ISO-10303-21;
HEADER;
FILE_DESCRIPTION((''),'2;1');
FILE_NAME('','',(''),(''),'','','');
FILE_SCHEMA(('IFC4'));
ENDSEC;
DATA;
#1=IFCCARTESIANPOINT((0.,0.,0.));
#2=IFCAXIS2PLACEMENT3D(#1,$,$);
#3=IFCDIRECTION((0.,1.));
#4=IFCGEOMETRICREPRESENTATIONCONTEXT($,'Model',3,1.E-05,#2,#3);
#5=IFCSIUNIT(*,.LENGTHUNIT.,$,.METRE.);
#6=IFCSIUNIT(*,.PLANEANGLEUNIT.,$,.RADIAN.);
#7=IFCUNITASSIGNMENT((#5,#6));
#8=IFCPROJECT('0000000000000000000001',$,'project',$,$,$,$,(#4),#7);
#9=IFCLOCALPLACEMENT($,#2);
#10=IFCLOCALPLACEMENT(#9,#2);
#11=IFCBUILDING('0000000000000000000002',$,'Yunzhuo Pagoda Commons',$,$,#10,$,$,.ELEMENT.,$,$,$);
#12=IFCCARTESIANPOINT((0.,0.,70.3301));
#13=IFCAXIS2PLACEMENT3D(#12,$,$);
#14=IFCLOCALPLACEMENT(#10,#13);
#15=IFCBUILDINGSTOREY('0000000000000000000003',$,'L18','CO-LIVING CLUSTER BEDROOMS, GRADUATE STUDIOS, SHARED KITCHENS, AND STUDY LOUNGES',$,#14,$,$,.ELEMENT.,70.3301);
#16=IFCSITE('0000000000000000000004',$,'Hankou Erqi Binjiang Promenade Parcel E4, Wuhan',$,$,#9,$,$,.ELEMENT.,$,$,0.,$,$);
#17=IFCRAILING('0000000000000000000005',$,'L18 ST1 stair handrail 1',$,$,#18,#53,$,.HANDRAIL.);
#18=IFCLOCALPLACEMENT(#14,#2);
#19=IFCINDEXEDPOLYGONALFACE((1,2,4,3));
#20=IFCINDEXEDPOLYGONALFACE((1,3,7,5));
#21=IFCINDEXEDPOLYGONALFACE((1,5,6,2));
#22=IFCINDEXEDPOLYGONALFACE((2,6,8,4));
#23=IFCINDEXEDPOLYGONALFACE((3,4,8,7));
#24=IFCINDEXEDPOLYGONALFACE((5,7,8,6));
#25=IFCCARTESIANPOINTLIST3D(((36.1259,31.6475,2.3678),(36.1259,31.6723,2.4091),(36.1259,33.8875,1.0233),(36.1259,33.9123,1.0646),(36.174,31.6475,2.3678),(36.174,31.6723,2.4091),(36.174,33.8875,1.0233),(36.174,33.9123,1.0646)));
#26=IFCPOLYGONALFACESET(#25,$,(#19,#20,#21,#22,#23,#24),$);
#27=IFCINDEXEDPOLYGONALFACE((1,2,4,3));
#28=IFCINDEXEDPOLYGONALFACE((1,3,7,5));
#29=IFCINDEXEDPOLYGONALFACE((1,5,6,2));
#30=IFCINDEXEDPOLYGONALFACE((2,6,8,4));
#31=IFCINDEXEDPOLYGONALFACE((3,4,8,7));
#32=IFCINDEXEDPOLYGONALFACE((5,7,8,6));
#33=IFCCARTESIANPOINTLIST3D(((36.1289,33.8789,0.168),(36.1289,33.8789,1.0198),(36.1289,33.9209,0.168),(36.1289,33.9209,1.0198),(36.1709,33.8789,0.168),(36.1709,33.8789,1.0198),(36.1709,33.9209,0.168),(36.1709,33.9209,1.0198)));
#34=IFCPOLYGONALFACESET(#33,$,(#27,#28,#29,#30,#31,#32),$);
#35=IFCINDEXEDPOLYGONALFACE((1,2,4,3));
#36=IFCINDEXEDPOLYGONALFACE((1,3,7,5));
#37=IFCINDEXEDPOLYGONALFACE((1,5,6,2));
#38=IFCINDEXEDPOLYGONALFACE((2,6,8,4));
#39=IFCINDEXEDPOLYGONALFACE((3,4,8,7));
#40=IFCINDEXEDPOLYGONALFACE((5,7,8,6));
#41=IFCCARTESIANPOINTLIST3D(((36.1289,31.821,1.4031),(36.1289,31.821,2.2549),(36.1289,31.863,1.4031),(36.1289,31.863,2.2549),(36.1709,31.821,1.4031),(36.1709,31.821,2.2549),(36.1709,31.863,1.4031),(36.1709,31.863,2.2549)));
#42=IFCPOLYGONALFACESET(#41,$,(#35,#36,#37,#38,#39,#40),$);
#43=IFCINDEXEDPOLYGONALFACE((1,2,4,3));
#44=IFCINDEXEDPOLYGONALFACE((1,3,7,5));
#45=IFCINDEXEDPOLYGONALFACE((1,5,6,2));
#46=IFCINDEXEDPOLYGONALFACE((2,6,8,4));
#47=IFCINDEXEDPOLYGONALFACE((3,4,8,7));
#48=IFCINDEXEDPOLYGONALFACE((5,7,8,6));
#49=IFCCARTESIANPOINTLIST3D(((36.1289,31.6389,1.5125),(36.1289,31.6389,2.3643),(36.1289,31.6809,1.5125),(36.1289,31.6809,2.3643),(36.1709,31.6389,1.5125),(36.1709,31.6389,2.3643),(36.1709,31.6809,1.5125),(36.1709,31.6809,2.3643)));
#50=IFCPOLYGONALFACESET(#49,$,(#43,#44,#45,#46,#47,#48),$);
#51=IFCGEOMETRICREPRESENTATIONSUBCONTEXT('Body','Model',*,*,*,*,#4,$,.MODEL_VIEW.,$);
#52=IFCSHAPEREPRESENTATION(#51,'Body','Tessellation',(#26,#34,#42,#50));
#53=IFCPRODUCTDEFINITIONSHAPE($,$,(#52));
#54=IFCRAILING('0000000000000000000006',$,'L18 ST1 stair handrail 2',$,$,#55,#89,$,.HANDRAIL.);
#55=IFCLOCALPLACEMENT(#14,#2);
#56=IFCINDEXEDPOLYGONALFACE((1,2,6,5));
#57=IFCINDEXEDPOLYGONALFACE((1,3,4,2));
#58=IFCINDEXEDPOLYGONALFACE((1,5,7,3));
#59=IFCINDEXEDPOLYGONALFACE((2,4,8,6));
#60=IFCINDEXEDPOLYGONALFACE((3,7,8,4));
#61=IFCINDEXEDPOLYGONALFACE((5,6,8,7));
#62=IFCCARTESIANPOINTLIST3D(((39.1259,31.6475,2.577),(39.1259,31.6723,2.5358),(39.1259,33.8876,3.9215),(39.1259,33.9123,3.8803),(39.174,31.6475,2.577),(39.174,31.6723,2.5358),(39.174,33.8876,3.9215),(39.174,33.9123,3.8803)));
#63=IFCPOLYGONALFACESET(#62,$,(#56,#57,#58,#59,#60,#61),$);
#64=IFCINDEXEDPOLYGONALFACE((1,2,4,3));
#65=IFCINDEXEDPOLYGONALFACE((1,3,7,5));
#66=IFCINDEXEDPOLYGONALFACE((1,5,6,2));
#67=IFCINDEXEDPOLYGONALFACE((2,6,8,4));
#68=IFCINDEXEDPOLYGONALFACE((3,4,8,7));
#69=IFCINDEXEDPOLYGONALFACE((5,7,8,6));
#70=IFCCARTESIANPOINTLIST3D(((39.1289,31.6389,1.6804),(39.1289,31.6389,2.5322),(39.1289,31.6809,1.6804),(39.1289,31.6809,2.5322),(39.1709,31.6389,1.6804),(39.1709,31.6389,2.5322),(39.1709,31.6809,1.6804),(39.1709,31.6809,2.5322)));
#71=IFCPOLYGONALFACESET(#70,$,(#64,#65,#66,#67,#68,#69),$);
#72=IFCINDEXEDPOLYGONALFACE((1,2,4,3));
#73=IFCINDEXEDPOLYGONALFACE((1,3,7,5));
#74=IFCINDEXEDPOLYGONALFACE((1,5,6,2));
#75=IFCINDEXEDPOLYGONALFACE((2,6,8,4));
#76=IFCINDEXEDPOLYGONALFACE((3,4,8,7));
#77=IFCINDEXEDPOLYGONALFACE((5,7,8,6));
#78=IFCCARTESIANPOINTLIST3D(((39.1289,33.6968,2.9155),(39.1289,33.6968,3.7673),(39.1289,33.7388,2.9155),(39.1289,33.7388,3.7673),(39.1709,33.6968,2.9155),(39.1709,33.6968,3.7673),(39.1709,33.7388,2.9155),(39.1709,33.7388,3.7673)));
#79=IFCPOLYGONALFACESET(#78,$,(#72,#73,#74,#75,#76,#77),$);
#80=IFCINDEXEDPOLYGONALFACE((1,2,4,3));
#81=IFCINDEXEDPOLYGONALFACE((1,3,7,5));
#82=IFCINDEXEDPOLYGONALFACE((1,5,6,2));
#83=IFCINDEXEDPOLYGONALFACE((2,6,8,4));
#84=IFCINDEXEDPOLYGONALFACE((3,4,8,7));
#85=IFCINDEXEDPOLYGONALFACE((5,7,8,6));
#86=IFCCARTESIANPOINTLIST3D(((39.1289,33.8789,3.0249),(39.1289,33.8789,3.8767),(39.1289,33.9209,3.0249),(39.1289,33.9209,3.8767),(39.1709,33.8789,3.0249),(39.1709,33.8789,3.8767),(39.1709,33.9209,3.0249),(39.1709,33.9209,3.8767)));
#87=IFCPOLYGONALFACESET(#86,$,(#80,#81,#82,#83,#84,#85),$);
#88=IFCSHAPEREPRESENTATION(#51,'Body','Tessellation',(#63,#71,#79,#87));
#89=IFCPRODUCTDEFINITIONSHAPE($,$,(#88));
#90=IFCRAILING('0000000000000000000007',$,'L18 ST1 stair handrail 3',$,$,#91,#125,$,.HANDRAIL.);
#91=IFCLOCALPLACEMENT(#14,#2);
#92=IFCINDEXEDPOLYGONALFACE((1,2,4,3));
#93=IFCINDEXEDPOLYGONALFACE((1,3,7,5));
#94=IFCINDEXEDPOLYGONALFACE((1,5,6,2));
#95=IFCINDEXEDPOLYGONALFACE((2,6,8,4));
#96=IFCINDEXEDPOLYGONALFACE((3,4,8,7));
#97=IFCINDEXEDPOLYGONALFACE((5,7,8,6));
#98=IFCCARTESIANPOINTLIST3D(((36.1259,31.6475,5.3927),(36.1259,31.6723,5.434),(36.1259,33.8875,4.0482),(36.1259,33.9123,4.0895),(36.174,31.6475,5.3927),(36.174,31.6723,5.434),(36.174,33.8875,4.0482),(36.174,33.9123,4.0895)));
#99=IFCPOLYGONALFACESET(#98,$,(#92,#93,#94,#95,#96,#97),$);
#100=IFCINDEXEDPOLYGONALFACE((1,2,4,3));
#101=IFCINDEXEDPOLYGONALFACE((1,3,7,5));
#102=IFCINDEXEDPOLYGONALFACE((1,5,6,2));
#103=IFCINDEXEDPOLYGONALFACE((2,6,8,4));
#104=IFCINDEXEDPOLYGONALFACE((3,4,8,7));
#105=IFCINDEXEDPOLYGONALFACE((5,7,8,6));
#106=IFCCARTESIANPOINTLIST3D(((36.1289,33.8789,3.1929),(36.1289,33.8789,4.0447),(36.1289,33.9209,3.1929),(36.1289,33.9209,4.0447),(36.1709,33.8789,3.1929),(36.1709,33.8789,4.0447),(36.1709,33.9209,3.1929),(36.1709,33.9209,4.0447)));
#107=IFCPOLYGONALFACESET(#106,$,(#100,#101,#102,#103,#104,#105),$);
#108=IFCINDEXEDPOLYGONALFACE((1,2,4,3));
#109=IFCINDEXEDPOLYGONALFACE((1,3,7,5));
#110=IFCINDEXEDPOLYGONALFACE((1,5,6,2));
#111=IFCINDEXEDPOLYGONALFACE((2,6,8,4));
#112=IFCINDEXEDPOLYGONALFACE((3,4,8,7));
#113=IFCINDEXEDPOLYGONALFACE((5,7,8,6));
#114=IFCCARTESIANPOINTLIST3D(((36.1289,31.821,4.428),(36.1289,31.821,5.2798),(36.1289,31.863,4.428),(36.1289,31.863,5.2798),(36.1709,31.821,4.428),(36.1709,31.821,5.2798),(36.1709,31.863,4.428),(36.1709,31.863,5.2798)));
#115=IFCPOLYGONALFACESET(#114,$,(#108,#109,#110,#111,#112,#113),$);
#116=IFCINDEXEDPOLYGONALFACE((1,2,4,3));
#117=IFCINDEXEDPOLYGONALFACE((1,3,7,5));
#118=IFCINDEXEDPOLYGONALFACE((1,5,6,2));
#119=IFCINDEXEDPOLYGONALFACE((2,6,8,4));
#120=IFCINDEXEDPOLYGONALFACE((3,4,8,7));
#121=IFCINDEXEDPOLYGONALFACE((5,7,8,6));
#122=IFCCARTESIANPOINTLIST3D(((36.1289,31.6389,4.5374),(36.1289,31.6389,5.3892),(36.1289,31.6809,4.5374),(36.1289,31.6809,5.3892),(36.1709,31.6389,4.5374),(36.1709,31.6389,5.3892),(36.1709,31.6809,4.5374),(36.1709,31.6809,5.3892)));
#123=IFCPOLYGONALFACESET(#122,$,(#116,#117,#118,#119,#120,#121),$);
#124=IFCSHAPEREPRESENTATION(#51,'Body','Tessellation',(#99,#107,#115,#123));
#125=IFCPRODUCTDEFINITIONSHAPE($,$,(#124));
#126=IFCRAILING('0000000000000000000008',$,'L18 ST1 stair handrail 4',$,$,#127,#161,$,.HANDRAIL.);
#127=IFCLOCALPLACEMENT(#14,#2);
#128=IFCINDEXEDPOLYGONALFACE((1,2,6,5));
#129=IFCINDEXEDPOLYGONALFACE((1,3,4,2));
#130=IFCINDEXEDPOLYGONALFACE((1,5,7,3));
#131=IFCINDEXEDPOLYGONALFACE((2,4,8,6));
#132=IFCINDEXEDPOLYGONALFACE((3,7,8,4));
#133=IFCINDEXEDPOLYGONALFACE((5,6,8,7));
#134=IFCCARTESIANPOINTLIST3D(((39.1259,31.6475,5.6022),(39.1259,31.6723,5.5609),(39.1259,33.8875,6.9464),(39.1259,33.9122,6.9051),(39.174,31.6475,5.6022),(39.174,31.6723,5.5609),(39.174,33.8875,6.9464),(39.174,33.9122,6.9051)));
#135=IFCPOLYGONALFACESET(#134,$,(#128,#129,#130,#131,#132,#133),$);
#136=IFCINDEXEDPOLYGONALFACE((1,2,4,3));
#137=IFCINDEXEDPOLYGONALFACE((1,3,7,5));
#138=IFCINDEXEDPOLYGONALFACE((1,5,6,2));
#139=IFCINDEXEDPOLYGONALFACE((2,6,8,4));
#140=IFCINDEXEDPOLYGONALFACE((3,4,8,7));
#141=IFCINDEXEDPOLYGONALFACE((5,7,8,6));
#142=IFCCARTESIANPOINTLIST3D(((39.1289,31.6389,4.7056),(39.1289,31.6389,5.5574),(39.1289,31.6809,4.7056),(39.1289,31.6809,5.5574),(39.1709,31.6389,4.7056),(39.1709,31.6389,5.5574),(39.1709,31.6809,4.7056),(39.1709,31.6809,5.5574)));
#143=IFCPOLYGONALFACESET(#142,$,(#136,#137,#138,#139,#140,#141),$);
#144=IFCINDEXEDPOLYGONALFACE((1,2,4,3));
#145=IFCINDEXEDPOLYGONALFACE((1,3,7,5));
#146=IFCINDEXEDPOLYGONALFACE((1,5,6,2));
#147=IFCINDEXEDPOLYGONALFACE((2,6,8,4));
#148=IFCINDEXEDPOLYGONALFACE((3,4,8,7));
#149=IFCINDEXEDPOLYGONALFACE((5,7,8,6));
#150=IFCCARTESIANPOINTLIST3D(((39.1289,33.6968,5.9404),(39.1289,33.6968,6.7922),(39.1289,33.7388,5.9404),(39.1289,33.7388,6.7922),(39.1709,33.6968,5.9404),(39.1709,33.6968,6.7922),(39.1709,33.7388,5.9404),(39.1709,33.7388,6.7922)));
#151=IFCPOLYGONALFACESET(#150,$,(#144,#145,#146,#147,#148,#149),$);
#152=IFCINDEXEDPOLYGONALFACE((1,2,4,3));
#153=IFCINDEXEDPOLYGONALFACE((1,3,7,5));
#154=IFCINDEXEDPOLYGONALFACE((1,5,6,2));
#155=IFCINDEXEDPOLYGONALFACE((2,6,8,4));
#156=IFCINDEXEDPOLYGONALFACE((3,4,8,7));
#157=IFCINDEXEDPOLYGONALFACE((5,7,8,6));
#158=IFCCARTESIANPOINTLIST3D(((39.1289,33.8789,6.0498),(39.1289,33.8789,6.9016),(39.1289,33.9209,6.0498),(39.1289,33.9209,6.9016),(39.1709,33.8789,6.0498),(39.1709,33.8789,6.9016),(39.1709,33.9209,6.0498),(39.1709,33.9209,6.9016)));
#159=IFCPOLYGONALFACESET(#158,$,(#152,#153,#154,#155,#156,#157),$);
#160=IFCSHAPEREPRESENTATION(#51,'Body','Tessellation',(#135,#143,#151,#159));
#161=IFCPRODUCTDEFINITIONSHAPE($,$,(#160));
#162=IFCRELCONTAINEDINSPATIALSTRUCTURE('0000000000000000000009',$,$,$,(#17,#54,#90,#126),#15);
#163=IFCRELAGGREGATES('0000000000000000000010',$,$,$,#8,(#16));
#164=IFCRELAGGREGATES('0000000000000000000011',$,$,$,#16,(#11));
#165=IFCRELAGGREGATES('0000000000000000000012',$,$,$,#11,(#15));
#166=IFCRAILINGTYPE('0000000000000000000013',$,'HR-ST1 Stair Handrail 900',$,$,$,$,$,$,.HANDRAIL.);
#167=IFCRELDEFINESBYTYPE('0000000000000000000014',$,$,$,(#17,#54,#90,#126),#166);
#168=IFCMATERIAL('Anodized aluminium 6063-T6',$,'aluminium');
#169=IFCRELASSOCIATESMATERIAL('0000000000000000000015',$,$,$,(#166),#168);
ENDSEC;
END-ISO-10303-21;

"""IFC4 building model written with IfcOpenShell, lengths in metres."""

from ifc_helpers import new_model, si_unit, direction, frame, origin, origin_2d, place, context, subcontext, project, spatial, rectangle, extrude, material, type_object, element, save


model = new_model("IFC4")

# Units and contexts
model_context = context("Model", 3, precision=1e-05, world=origin(), true_north=direction((0.0, 1.0)))
body_context = subcontext(model_context, "Body", "Model", "MODEL_VIEW")
ifc_project = project(units=[si_unit("LENGTHUNIT", "METRE"), si_unit("PLANEANGLEUNIT", "RADIAN")], contexts=[model_context])

# Site, building, storey
site_placement = place(None, origin())
site = spatial("IfcSite", under=ifc_project, at=site_placement, Name="Hankou Erqi Binjiang Promenade Parcel E4, Wuhan", CompositionType="ELEMENT", RefElevation=0.0)
building_placement = place(site_placement, origin())
building = spatial("IfcBuilding", under=site, at=building_placement, Name="Yunzhuo Pagoda Commons", CompositionType="ELEMENT")
storey_placement = place(building_placement, frame((0.0, 0.0, 70.3301)))
storey = spatial("IfcBuildingStorey", under=building, at=storey_placement, Name="L18", Description="CO-LIVING CLUSTER BEDROOMS, GRADUATE STUDIOS, SHARED KITCHENS, AND STUDY LOUNGES", CompositionType="ELEMENT", Elevation=70.3301)

# Railings
ifc_material_1 = material(Name="Anodized aluminium 6063-T6", Category="aluminium")
railing_type_1 = type_object("IfcRailingType", Name="HR-ST1 Stair Handrail 900", PredefinedType="HANDRAIL", material=ifc_material_1)
railing_1_placement = place(storey_placement, frame((36.1499, 33.8999, 0.168)))
element("IfcRailing", 1, at=railing_1_placement, inside=storey, type_object=railing_type_1, Name="L18 ST1 stair handrail 1", PredefinedType="HANDRAIL", context=body_context, shape_type="SweptSolid", body=[
    extrude(rectangle(XDim=0.0481, YDim=0.0481, at=origin_2d()), frame((0.0, 0.0, 0.876), z_axis=(0.0, -0.85741, 0.514633), x_axis=(1.0, 0.0, 0.0)), (0.0, 0.0, 1.0), 2.6125),
    extrude(rectangle(XDim=0.042, YDim=0.042, at=origin_2d()), origin(), (0.0, 0.0, 1.0), 0.8518),
    extrude(rectangle(XDim=0.042, YDim=0.042, at=origin_2d()), frame((0.0, -2.0579, 1.2351)), (0.0, 0.0, 1.0), 0.8518),
    extrude(rectangle(XDim=0.042, YDim=0.042, at=origin_2d()), frame((0.0, -2.24, 1.3445)), (0.0, 0.0, 1.0), 0.8518),
])
railing_2_placement = place(storey_placement, frame((39.1499, 31.6599, 1.6804)))
element("IfcRailing", 2, at=railing_2_placement, inside=storey, type_object=railing_type_1, Name="L18 ST1 stair handrail 2", PredefinedType="HANDRAIL", context=body_context, shape_type="SweptSolid", body=[
    extrude(rectangle(XDim=0.0481, YDim=0.0481, at=origin_2d()), frame((0.0, 0.0, 0.876), z_axis=(0.0, 0.85741, 0.514633), x_axis=(-1.0, 0.0, 0.0)), (0.0, 0.0, 1.0), 2.6125),
    extrude(rectangle(XDim=0.042, YDim=0.042, at=origin_2d()), origin(), (0.0, 0.0, 1.0), 0.8518),
    extrude(rectangle(XDim=0.042, YDim=0.042, at=origin_2d()), frame((0.0, 2.0579, 1.2351)), (0.0, 0.0, 1.0), 0.8518),
    extrude(rectangle(XDim=0.042, YDim=0.042, at=origin_2d()), frame((0.0, 2.24, 1.3445)), (0.0, 0.0, 1.0), 0.8518),
])
railing_3_placement = place(storey_placement, frame((36.1499, 33.8999, 3.1929)))
element("IfcRailing", 3, at=railing_3_placement, inside=storey, type_object=railing_type_1, Name="L18 ST1 stair handrail 3", PredefinedType="HANDRAIL", context=body_context, shape_type="SweptSolid", body=[
    extrude(rectangle(XDim=0.0481, YDim=0.0481, at=origin_2d()), frame((0.0, 0.0, 0.876), z_axis=(0.0, -0.85741, 0.514633), x_axis=(1.0, 0.0, 0.0)), (0.0, 0.0, 1.0), 2.6125),
    extrude(rectangle(XDim=0.042, YDim=0.042, at=origin_2d()), origin(), (0.0, 0.0, 1.0), 0.8518),
    extrude(rectangle(XDim=0.042, YDim=0.042, at=origin_2d()), frame((0.0, -2.0579, 1.2351)), (0.0, 0.0, 1.0), 0.8518),
    extrude(rectangle(XDim=0.042, YDim=0.042, at=origin_2d()), frame((0.0, -2.24, 1.3445)), (0.0, 0.0, 1.0), 0.8518),
])
railing_4_placement = place(storey_placement, frame((39.1499, 31.6599, 4.7056)))
element("IfcRailing", 4, at=railing_4_placement, inside=storey, type_object=railing_type_1, Name="L18 ST1 stair handrail 4", PredefinedType="HANDRAIL", context=body_context, shape_type="SweptSolid", body=[
    extrude(rectangle(XDim=0.0481, YDim=0.0481, at=origin_2d()), frame((0.0, 0.0, 0.876), z_axis=(0.0, 0.857452, 0.514564), x_axis=(-1.0, 0.0, 0.0)), (0.0, 0.0, 1.0), 2.6123),
    extrude(rectangle(XDim=0.042, YDim=0.042, at=origin_2d()), origin(), (0.0, 0.0, 1.0), 0.8518),
    extrude(rectangle(XDim=0.042, YDim=0.042, at=origin_2d()), frame((0.0, 2.0579, 1.2349)), (0.0, 0.0, 1.0), 0.8518),
    extrude(rectangle(XDim=0.042, YDim=0.042, at=origin_2d()), frame((0.0, 2.24, 1.3442)), (0.0, 0.0, 1.0), 0.8518),
])

save(model, "model.ifc")
